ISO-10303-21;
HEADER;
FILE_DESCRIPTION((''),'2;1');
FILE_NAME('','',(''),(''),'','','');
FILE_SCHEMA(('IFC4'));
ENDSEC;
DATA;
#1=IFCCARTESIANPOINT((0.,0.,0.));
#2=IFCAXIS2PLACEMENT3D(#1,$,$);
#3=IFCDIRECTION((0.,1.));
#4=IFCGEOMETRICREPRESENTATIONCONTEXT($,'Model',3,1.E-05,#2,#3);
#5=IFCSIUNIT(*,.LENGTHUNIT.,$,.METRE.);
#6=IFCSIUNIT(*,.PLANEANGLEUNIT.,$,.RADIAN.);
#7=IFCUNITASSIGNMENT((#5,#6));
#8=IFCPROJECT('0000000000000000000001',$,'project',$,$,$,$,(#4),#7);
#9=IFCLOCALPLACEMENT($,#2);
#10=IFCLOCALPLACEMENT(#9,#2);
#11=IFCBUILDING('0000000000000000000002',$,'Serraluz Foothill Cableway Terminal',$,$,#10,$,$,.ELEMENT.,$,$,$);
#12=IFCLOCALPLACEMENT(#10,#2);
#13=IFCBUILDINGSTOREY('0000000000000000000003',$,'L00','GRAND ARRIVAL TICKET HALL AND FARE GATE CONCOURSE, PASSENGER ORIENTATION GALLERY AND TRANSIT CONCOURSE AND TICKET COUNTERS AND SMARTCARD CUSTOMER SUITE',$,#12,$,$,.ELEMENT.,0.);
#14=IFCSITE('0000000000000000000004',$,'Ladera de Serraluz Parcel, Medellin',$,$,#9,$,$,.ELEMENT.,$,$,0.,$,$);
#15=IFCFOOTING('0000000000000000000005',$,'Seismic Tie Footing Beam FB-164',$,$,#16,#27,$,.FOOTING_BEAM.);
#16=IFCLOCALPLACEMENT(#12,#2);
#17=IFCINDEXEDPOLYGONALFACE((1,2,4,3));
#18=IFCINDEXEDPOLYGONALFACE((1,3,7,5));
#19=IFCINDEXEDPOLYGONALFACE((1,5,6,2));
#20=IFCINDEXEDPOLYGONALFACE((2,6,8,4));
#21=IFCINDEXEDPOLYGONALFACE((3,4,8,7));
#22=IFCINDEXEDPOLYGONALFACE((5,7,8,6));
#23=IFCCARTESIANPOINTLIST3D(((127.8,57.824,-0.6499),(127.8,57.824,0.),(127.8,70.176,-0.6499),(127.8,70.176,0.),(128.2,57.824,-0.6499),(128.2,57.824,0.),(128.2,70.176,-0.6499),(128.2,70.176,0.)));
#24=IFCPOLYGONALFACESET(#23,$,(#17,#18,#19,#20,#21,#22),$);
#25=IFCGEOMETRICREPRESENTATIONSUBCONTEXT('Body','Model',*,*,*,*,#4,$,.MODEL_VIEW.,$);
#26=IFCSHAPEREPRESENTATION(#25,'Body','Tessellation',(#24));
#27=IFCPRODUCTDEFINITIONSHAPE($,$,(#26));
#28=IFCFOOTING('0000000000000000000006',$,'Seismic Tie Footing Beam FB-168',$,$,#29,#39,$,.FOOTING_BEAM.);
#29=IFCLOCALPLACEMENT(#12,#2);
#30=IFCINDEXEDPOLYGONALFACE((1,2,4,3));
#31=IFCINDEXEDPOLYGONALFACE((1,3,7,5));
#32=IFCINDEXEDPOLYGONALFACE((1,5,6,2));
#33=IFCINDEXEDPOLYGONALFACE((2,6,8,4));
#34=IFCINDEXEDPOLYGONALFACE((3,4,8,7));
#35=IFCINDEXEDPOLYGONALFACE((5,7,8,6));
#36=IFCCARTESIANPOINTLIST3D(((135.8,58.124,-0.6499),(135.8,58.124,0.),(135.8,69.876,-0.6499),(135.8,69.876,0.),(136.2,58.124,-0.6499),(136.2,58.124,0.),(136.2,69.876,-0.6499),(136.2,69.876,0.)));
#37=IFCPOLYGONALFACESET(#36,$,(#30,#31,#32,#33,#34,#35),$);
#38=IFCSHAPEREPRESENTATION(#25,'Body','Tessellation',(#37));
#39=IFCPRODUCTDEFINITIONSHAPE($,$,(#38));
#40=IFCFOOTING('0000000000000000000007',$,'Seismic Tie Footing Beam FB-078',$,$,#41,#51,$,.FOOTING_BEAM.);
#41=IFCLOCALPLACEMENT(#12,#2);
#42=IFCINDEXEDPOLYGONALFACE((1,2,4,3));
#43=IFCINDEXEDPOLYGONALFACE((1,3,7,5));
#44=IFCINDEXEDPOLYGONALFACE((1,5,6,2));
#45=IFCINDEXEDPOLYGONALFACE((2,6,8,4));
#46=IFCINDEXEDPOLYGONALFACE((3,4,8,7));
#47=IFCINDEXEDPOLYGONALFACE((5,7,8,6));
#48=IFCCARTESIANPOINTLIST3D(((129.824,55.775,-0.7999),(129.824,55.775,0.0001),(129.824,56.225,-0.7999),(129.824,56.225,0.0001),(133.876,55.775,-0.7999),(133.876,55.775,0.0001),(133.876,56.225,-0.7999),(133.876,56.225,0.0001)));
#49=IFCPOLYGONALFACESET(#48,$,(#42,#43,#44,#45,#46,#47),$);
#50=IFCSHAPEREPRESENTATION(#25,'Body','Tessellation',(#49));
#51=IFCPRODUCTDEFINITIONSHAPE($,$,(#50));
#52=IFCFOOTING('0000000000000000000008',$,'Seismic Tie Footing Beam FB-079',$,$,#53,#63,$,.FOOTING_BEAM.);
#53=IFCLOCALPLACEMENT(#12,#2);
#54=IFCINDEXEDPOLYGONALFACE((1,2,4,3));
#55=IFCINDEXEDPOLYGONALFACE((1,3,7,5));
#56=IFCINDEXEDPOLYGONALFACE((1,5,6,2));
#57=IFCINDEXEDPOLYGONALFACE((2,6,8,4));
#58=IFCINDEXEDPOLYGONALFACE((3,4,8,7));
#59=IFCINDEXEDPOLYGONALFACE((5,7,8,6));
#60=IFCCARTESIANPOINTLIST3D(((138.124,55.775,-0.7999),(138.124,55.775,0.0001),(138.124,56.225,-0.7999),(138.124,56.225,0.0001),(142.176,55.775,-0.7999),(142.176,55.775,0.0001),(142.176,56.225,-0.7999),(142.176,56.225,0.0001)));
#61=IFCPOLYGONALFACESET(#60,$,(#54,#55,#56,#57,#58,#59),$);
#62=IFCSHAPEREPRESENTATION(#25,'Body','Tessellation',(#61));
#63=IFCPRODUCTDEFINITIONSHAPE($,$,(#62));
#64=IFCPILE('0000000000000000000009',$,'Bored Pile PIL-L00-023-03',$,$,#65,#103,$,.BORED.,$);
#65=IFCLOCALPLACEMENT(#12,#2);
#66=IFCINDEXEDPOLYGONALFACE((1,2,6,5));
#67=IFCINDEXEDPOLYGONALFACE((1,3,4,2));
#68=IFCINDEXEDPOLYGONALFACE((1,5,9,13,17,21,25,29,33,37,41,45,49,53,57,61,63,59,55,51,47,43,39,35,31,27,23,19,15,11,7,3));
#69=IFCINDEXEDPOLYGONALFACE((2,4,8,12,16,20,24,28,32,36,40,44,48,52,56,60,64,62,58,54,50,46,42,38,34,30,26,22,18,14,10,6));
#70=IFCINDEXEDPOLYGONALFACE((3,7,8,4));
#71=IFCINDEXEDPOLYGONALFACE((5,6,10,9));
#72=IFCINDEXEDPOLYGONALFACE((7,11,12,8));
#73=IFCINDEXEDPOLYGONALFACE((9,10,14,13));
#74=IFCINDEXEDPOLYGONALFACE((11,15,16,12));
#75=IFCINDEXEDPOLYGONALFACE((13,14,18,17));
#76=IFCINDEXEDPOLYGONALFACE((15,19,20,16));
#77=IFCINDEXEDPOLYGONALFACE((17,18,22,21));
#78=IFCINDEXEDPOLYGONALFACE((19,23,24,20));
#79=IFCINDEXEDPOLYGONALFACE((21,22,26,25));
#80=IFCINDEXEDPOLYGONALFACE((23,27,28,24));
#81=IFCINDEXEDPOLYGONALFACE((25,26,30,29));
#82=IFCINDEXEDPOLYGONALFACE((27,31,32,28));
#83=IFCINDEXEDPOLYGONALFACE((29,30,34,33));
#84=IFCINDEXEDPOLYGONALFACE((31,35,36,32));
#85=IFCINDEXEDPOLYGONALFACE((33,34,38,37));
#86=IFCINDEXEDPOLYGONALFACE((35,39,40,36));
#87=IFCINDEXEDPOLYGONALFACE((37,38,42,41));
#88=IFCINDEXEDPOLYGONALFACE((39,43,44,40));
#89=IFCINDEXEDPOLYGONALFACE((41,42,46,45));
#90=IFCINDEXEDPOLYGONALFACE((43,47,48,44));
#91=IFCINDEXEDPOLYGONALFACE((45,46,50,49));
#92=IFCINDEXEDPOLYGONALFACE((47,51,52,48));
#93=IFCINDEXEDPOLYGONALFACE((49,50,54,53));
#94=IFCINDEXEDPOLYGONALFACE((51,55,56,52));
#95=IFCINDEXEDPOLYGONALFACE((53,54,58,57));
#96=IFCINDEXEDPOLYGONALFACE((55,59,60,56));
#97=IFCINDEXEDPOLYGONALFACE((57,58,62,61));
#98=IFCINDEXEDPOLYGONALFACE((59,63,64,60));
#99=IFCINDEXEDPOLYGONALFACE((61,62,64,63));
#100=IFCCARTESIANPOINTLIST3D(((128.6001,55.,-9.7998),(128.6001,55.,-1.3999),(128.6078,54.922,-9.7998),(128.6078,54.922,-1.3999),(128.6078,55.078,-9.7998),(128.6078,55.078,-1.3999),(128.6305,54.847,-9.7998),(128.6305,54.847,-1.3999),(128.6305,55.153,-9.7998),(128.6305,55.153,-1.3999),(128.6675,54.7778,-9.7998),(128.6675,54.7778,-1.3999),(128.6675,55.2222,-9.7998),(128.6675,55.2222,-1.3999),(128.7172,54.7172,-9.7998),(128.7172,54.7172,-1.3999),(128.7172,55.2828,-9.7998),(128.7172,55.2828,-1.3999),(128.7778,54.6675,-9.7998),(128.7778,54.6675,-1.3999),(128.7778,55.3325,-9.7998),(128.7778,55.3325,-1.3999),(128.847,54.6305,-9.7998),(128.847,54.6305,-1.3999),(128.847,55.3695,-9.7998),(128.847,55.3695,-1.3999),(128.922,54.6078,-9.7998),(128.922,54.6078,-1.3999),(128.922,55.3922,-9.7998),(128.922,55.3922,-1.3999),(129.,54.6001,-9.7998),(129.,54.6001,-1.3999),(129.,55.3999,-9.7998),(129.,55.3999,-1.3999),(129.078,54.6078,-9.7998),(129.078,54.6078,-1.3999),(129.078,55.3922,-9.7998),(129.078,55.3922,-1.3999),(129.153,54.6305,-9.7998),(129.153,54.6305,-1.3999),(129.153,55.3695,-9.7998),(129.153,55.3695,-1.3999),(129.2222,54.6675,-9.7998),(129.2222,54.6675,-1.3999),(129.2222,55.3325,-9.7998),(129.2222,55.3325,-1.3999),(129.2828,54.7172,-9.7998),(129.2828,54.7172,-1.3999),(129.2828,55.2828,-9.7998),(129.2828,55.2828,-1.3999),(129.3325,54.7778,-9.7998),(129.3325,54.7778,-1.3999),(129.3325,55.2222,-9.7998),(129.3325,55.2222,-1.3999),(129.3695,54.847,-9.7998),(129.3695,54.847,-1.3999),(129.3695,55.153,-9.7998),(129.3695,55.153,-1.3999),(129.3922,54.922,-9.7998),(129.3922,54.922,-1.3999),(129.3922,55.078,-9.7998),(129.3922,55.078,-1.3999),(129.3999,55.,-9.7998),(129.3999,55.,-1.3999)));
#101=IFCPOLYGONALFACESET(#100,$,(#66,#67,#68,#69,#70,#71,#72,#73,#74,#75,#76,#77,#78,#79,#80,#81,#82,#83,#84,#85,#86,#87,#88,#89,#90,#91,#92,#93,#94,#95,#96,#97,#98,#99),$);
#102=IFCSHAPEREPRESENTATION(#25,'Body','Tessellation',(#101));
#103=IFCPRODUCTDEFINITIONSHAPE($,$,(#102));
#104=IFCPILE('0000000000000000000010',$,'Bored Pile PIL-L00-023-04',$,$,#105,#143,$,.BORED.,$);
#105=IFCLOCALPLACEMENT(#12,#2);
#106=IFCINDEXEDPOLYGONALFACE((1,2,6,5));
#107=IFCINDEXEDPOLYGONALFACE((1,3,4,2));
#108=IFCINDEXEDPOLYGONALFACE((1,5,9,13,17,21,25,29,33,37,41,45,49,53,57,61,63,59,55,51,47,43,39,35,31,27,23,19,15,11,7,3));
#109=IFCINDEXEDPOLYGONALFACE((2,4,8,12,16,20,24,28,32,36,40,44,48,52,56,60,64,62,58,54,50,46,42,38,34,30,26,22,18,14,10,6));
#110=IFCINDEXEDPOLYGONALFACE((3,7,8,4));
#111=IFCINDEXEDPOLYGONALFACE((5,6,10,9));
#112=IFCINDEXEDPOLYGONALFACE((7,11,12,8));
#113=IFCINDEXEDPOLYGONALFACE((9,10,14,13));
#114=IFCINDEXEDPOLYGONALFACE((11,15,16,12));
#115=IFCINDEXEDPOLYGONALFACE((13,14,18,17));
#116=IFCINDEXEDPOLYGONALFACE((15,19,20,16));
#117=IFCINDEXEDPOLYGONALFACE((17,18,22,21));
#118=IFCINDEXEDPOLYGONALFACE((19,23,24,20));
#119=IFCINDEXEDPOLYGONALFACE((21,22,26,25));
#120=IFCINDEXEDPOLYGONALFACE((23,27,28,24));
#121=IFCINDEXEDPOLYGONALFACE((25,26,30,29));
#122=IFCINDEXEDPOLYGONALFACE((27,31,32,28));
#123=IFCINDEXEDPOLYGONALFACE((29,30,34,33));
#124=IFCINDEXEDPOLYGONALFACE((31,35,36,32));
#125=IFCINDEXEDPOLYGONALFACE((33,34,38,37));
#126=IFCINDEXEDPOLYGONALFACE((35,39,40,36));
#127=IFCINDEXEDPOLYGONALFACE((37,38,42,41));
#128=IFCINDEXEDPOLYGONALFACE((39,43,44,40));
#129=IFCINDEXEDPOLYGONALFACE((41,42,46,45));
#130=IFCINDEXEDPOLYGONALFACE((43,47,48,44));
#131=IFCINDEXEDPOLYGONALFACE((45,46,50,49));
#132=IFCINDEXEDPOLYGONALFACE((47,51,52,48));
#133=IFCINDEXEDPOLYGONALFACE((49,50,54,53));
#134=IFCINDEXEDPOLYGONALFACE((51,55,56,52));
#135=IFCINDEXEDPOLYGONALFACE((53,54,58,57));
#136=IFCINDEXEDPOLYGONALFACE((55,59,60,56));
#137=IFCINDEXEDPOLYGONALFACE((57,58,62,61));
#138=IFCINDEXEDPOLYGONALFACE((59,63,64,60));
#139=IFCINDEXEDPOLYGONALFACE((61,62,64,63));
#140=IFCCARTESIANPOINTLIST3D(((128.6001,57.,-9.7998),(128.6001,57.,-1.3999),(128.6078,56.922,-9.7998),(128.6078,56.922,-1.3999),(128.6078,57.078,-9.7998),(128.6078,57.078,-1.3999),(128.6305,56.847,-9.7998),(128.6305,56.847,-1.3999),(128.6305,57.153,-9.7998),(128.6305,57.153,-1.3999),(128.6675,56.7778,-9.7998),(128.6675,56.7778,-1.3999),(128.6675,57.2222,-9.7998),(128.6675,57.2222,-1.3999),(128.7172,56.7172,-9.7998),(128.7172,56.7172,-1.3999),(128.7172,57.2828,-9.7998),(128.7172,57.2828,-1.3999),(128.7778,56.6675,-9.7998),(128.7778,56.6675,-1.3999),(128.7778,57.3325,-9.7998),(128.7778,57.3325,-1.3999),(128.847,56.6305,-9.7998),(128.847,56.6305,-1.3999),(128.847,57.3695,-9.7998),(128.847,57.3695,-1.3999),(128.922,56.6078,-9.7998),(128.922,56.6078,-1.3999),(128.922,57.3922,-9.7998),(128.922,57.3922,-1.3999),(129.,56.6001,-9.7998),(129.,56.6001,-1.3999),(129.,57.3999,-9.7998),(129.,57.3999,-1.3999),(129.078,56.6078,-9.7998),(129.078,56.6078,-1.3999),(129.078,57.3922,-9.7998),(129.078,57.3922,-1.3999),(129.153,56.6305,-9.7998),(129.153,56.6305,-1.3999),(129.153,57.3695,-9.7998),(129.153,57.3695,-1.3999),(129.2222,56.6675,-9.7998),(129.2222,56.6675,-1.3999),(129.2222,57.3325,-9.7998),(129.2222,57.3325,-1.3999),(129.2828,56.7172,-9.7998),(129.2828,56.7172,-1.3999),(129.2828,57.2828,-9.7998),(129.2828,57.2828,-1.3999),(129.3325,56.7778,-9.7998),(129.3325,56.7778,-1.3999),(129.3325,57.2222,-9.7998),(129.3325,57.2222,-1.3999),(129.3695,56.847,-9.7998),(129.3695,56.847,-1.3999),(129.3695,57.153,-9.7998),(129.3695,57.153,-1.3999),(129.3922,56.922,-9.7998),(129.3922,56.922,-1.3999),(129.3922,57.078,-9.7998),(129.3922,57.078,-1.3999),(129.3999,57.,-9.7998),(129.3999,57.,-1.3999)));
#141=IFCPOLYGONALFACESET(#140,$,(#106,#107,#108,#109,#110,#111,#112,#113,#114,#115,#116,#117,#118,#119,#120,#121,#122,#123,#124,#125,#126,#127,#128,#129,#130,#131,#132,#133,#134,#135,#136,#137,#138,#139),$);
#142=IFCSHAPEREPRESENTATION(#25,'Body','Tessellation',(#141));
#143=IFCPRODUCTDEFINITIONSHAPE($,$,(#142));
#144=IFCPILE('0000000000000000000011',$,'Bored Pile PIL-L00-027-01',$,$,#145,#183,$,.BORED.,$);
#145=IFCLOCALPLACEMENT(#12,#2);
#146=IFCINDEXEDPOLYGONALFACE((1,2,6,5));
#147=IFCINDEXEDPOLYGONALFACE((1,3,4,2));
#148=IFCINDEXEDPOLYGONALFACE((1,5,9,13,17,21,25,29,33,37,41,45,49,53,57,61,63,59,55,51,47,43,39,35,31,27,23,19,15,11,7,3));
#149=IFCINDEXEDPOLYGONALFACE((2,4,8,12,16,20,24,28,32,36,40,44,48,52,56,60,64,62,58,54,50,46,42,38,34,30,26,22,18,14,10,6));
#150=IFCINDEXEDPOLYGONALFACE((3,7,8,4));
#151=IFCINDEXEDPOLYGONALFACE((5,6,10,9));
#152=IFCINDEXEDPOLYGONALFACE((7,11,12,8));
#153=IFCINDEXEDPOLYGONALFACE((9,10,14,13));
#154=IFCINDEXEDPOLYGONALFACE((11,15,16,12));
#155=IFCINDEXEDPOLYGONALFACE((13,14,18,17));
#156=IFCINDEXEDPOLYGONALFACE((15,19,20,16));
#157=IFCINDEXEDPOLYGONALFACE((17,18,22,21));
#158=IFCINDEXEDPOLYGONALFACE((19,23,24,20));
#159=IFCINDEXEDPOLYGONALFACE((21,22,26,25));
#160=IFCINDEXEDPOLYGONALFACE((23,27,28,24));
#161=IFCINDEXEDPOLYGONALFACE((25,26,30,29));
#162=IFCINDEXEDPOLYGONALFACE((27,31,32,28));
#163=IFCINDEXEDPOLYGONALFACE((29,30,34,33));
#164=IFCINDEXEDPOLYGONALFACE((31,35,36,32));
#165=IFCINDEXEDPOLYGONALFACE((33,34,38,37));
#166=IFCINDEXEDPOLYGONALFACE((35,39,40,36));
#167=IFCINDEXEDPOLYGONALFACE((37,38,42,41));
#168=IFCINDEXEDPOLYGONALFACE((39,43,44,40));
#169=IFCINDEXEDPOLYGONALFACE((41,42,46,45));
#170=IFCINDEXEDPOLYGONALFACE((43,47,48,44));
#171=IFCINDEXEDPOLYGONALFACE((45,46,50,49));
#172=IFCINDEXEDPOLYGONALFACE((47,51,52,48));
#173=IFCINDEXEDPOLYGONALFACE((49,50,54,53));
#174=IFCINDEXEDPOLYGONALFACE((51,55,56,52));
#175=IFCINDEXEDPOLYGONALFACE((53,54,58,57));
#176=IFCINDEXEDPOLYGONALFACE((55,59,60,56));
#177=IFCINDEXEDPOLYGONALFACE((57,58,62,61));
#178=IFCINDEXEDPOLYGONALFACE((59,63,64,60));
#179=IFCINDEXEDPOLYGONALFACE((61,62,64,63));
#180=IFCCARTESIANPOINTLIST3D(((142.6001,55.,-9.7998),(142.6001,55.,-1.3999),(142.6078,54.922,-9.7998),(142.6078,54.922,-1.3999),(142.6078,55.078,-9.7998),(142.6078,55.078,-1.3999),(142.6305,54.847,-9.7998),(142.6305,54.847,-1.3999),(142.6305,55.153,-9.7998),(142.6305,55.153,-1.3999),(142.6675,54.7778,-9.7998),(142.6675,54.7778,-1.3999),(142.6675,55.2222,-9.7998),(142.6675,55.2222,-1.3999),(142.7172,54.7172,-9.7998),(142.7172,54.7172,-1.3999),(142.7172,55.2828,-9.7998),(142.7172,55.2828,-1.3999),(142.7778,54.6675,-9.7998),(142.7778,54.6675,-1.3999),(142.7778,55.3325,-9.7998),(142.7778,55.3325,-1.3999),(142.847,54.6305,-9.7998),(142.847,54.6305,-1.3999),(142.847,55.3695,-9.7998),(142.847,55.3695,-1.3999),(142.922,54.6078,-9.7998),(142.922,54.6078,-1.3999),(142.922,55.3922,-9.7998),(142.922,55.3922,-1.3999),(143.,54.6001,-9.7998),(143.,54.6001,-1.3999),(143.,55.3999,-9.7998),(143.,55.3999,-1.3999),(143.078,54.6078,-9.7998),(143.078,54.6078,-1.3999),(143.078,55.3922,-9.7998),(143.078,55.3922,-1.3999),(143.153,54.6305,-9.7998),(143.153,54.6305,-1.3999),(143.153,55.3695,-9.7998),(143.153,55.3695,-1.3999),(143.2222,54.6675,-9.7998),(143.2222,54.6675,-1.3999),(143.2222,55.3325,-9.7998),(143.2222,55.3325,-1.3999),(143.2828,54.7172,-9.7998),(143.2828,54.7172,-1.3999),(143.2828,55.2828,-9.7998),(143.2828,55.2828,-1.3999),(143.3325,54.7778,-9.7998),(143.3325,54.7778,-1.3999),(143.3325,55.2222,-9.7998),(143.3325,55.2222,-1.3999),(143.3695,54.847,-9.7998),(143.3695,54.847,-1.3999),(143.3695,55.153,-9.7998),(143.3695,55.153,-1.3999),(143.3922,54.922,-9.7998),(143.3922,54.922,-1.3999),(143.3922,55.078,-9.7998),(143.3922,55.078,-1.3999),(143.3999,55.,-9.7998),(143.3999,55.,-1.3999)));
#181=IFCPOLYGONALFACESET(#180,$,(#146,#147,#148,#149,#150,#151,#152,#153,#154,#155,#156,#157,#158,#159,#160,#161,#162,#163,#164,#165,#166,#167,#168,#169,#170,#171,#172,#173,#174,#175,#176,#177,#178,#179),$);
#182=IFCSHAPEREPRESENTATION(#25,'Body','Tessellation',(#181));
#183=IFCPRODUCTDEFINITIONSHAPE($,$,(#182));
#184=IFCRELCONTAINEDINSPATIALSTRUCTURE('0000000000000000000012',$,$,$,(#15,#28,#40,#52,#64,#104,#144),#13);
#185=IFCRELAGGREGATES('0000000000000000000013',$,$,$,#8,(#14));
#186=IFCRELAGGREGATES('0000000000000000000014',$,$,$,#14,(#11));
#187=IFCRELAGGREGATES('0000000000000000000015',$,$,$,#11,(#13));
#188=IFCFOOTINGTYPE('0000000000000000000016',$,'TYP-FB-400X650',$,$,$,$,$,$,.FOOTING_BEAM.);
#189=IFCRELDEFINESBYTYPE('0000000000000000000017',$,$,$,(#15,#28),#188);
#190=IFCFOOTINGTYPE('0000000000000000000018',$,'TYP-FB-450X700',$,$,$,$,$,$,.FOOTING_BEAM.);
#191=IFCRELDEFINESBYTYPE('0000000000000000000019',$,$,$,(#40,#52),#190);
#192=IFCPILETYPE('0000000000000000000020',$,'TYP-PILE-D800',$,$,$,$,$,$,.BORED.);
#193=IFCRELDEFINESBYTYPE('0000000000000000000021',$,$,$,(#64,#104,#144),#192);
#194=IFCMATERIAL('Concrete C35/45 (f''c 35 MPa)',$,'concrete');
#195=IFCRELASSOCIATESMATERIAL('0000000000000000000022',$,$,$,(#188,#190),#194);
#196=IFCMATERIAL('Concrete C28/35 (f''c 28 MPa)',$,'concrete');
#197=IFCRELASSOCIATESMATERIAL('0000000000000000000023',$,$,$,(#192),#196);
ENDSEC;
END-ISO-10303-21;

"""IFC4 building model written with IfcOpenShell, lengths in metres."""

from ifc_helpers import new_model, si_unit, direction, frame, origin, origin_2d, place, context, subcontext, project, spatial, rectangle, circle, extrude, material, material_profile, profile_set, type_object, element, save


model = new_model("IFC4")

# Units and contexts
model_context = context("Model", 3, precision=1e-05, world=origin(), true_north=direction((0.0, 1.0)))
body_context = subcontext(model_context, "Body", "Model", "MODEL_VIEW")
ifc_project = project(units=[si_unit("LENGTHUNIT", "METRE"), si_unit("PLANEANGLEUNIT", "RADIAN")], contexts=[model_context])

# Site, building, storey
site_placement = place(None, origin())
site = spatial("IfcSite", under=ifc_project, at=site_placement, Name="Ladera de Serraluz Parcel, Medellin", CompositionType="ELEMENT", RefElevation=0.0)
building_placement = place(site_placement, origin())
building = spatial("IfcBuilding", under=site, at=building_placement, Name="Serraluz Foothill Cableway Terminal", CompositionType="ELEMENT")
storey_placement = place(building_placement, origin())
storey = spatial("IfcBuildingStorey", under=building, at=storey_placement, Name="L00", Description="GRAND ARRIVAL TICKET HALL AND FARE GATE CONCOURSE, PASSENGER ORIENTATION GALLERY AND TRANSIT CONCOURSE AND TICKET COUNTERS AND SMARTCARD CUSTOMER SUITE", CompositionType="ELEMENT", Elevation=0.0)

# Footings
ifc_material_1 = material(Name="Concrete C35/45 (f'c 35 MPa)", Category="concrete")
ifc_material_profile_1 = material_profile(ifc_material_1, rectangle(XDim=0.3999, YDim=0.6499, at=origin_2d()), Name="RC 400x650")
ifc_profile_set_1 = profile_set([ifc_material_profile_1], Name="Concrete C35/45 (f'c 35 MPa)")
footing_type_1 = type_object("IfcFootingType", Name="TYP-FB-400X650", PredefinedType="FOOTING_BEAM", material=ifc_profile_set_1)
footing_1_placement = place(storey_placement, frame((128.0, 57.824, -0.325), z_axis=(0.0, 1.0, 0.0), x_axis=(-1.0, 0.0, 0.0)))
element("IfcFooting", 1, at=footing_1_placement, inside=storey, type_object=footing_type_1, Name="Seismic Tie Footing Beam FB-164", PredefinedType="FOOTING_BEAM", context=body_context, shape_type="SweptSolid", body=[
    extrude(rectangle(XDim=0.3999, YDim=0.6499, at=origin_2d()), origin(), (0.0, 0.0, 1.0), 12.3521),
])
footing_2_placement = place(storey_placement, frame((136.0, 58.124, -0.325), z_axis=(0.0, 1.0, 0.0), x_axis=(-1.0, 0.0, 0.0)))
element("IfcFooting", 2, at=footing_2_placement, inside=storey, type_object=footing_type_1, Name="Seismic Tie Footing Beam FB-168", PredefinedType="FOOTING_BEAM", context=body_context, shape_type="SweptSolid", body=[
    extrude(rectangle(XDim=0.3999, YDim=0.6499, at=origin_2d()), origin(), (0.0, 0.0, 1.0), 11.752),
])
ifc_material_profile_2 = material_profile(ifc_material_1, rectangle(XDim=0.45, YDim=0.8, at=origin_2d()), Name="RC 450x800")
ifc_profile_set_2 = profile_set([ifc_material_profile_2], Name="Concrete C35/45 (f'c 35 MPa)")
footing_type_2 = type_object("IfcFootingType", Name="TYP-FB-450X700", PredefinedType="FOOTING_BEAM", material=ifc_profile_set_2)
for number, where, z_axis, x_axis, name in (
    (3, (129.824, 56.0, -0.3999), (1.0, 0.0, 0.0), (0.0, 1.0, 0.0), "Seismic Tie Footing Beam FB-078"),
    (4, (138.124, 56.0, -0.3999), (1.0, 0.0, 0.0), (0.0, 1.0, 0.0), "Seismic Tie Footing Beam FB-079"),
):
    element("IfcFooting", number, at=place(storey_placement, frame(where, z_axis=z_axis, x_axis=x_axis)), inside=storey, type_object=footing_type_2, Name=name, PredefinedType="FOOTING_BEAM", context=body_context, shape_type="SweptSolid", body=[
        extrude(rectangle(XDim=0.45, YDim=0.8, at=origin_2d()), origin(), (0.0, 0.0, 1.0), 4.052),
    ])

# Piles
ifc_material_2 = material(Name="Concrete C28/35 (f'c 28 MPa)", Category="concrete")
ifc_material_profile_3 = material_profile(ifc_material_2, circle(Radius=0.3999, at=origin_2d()), Name="BORED PILE D800")
ifc_profile_set_3 = profile_set([ifc_material_profile_3], Name="Concrete C28/35 (f'c 28 MPa)")
pile_type_1 = type_object("IfcPileType", Name="TYP-PILE-D800", PredefinedType="BORED", material=ifc_profile_set_3)
for number, where, z_axis, x_axis, name in (
    (5, (129.0, 55.0, -1.3999), (0.0, 0.0, -1.0), (1.0, 0.0, 0.0), "Bored Pile PIL-L00-023-03"),
    (6, (129.0, 57.0, -1.3999), (0.0, 0.0, -1.0), (1.0, 0.0, 0.0), "Bored Pile PIL-L00-023-04"),
    (7, (143.0, 55.0, -1.3999), (0.0, 0.0, -1.0), (1.0, 0.0, 0.0), "Bored Pile PIL-L00-027-01"),
):
    element("IfcPile", number, at=place(storey_placement, frame(where, z_axis=z_axis, x_axis=x_axis)), inside=storey, type_object=pile_type_1, Name=name, PredefinedType="BORED", context=body_context, shape_type="SweptSolid", body=[
        extrude(circle(Radius=0.3999, at=origin_2d()), origin(), (0.0, 0.0, 1.0), 8.3999),
    ])

save(model, "model.ifc")
